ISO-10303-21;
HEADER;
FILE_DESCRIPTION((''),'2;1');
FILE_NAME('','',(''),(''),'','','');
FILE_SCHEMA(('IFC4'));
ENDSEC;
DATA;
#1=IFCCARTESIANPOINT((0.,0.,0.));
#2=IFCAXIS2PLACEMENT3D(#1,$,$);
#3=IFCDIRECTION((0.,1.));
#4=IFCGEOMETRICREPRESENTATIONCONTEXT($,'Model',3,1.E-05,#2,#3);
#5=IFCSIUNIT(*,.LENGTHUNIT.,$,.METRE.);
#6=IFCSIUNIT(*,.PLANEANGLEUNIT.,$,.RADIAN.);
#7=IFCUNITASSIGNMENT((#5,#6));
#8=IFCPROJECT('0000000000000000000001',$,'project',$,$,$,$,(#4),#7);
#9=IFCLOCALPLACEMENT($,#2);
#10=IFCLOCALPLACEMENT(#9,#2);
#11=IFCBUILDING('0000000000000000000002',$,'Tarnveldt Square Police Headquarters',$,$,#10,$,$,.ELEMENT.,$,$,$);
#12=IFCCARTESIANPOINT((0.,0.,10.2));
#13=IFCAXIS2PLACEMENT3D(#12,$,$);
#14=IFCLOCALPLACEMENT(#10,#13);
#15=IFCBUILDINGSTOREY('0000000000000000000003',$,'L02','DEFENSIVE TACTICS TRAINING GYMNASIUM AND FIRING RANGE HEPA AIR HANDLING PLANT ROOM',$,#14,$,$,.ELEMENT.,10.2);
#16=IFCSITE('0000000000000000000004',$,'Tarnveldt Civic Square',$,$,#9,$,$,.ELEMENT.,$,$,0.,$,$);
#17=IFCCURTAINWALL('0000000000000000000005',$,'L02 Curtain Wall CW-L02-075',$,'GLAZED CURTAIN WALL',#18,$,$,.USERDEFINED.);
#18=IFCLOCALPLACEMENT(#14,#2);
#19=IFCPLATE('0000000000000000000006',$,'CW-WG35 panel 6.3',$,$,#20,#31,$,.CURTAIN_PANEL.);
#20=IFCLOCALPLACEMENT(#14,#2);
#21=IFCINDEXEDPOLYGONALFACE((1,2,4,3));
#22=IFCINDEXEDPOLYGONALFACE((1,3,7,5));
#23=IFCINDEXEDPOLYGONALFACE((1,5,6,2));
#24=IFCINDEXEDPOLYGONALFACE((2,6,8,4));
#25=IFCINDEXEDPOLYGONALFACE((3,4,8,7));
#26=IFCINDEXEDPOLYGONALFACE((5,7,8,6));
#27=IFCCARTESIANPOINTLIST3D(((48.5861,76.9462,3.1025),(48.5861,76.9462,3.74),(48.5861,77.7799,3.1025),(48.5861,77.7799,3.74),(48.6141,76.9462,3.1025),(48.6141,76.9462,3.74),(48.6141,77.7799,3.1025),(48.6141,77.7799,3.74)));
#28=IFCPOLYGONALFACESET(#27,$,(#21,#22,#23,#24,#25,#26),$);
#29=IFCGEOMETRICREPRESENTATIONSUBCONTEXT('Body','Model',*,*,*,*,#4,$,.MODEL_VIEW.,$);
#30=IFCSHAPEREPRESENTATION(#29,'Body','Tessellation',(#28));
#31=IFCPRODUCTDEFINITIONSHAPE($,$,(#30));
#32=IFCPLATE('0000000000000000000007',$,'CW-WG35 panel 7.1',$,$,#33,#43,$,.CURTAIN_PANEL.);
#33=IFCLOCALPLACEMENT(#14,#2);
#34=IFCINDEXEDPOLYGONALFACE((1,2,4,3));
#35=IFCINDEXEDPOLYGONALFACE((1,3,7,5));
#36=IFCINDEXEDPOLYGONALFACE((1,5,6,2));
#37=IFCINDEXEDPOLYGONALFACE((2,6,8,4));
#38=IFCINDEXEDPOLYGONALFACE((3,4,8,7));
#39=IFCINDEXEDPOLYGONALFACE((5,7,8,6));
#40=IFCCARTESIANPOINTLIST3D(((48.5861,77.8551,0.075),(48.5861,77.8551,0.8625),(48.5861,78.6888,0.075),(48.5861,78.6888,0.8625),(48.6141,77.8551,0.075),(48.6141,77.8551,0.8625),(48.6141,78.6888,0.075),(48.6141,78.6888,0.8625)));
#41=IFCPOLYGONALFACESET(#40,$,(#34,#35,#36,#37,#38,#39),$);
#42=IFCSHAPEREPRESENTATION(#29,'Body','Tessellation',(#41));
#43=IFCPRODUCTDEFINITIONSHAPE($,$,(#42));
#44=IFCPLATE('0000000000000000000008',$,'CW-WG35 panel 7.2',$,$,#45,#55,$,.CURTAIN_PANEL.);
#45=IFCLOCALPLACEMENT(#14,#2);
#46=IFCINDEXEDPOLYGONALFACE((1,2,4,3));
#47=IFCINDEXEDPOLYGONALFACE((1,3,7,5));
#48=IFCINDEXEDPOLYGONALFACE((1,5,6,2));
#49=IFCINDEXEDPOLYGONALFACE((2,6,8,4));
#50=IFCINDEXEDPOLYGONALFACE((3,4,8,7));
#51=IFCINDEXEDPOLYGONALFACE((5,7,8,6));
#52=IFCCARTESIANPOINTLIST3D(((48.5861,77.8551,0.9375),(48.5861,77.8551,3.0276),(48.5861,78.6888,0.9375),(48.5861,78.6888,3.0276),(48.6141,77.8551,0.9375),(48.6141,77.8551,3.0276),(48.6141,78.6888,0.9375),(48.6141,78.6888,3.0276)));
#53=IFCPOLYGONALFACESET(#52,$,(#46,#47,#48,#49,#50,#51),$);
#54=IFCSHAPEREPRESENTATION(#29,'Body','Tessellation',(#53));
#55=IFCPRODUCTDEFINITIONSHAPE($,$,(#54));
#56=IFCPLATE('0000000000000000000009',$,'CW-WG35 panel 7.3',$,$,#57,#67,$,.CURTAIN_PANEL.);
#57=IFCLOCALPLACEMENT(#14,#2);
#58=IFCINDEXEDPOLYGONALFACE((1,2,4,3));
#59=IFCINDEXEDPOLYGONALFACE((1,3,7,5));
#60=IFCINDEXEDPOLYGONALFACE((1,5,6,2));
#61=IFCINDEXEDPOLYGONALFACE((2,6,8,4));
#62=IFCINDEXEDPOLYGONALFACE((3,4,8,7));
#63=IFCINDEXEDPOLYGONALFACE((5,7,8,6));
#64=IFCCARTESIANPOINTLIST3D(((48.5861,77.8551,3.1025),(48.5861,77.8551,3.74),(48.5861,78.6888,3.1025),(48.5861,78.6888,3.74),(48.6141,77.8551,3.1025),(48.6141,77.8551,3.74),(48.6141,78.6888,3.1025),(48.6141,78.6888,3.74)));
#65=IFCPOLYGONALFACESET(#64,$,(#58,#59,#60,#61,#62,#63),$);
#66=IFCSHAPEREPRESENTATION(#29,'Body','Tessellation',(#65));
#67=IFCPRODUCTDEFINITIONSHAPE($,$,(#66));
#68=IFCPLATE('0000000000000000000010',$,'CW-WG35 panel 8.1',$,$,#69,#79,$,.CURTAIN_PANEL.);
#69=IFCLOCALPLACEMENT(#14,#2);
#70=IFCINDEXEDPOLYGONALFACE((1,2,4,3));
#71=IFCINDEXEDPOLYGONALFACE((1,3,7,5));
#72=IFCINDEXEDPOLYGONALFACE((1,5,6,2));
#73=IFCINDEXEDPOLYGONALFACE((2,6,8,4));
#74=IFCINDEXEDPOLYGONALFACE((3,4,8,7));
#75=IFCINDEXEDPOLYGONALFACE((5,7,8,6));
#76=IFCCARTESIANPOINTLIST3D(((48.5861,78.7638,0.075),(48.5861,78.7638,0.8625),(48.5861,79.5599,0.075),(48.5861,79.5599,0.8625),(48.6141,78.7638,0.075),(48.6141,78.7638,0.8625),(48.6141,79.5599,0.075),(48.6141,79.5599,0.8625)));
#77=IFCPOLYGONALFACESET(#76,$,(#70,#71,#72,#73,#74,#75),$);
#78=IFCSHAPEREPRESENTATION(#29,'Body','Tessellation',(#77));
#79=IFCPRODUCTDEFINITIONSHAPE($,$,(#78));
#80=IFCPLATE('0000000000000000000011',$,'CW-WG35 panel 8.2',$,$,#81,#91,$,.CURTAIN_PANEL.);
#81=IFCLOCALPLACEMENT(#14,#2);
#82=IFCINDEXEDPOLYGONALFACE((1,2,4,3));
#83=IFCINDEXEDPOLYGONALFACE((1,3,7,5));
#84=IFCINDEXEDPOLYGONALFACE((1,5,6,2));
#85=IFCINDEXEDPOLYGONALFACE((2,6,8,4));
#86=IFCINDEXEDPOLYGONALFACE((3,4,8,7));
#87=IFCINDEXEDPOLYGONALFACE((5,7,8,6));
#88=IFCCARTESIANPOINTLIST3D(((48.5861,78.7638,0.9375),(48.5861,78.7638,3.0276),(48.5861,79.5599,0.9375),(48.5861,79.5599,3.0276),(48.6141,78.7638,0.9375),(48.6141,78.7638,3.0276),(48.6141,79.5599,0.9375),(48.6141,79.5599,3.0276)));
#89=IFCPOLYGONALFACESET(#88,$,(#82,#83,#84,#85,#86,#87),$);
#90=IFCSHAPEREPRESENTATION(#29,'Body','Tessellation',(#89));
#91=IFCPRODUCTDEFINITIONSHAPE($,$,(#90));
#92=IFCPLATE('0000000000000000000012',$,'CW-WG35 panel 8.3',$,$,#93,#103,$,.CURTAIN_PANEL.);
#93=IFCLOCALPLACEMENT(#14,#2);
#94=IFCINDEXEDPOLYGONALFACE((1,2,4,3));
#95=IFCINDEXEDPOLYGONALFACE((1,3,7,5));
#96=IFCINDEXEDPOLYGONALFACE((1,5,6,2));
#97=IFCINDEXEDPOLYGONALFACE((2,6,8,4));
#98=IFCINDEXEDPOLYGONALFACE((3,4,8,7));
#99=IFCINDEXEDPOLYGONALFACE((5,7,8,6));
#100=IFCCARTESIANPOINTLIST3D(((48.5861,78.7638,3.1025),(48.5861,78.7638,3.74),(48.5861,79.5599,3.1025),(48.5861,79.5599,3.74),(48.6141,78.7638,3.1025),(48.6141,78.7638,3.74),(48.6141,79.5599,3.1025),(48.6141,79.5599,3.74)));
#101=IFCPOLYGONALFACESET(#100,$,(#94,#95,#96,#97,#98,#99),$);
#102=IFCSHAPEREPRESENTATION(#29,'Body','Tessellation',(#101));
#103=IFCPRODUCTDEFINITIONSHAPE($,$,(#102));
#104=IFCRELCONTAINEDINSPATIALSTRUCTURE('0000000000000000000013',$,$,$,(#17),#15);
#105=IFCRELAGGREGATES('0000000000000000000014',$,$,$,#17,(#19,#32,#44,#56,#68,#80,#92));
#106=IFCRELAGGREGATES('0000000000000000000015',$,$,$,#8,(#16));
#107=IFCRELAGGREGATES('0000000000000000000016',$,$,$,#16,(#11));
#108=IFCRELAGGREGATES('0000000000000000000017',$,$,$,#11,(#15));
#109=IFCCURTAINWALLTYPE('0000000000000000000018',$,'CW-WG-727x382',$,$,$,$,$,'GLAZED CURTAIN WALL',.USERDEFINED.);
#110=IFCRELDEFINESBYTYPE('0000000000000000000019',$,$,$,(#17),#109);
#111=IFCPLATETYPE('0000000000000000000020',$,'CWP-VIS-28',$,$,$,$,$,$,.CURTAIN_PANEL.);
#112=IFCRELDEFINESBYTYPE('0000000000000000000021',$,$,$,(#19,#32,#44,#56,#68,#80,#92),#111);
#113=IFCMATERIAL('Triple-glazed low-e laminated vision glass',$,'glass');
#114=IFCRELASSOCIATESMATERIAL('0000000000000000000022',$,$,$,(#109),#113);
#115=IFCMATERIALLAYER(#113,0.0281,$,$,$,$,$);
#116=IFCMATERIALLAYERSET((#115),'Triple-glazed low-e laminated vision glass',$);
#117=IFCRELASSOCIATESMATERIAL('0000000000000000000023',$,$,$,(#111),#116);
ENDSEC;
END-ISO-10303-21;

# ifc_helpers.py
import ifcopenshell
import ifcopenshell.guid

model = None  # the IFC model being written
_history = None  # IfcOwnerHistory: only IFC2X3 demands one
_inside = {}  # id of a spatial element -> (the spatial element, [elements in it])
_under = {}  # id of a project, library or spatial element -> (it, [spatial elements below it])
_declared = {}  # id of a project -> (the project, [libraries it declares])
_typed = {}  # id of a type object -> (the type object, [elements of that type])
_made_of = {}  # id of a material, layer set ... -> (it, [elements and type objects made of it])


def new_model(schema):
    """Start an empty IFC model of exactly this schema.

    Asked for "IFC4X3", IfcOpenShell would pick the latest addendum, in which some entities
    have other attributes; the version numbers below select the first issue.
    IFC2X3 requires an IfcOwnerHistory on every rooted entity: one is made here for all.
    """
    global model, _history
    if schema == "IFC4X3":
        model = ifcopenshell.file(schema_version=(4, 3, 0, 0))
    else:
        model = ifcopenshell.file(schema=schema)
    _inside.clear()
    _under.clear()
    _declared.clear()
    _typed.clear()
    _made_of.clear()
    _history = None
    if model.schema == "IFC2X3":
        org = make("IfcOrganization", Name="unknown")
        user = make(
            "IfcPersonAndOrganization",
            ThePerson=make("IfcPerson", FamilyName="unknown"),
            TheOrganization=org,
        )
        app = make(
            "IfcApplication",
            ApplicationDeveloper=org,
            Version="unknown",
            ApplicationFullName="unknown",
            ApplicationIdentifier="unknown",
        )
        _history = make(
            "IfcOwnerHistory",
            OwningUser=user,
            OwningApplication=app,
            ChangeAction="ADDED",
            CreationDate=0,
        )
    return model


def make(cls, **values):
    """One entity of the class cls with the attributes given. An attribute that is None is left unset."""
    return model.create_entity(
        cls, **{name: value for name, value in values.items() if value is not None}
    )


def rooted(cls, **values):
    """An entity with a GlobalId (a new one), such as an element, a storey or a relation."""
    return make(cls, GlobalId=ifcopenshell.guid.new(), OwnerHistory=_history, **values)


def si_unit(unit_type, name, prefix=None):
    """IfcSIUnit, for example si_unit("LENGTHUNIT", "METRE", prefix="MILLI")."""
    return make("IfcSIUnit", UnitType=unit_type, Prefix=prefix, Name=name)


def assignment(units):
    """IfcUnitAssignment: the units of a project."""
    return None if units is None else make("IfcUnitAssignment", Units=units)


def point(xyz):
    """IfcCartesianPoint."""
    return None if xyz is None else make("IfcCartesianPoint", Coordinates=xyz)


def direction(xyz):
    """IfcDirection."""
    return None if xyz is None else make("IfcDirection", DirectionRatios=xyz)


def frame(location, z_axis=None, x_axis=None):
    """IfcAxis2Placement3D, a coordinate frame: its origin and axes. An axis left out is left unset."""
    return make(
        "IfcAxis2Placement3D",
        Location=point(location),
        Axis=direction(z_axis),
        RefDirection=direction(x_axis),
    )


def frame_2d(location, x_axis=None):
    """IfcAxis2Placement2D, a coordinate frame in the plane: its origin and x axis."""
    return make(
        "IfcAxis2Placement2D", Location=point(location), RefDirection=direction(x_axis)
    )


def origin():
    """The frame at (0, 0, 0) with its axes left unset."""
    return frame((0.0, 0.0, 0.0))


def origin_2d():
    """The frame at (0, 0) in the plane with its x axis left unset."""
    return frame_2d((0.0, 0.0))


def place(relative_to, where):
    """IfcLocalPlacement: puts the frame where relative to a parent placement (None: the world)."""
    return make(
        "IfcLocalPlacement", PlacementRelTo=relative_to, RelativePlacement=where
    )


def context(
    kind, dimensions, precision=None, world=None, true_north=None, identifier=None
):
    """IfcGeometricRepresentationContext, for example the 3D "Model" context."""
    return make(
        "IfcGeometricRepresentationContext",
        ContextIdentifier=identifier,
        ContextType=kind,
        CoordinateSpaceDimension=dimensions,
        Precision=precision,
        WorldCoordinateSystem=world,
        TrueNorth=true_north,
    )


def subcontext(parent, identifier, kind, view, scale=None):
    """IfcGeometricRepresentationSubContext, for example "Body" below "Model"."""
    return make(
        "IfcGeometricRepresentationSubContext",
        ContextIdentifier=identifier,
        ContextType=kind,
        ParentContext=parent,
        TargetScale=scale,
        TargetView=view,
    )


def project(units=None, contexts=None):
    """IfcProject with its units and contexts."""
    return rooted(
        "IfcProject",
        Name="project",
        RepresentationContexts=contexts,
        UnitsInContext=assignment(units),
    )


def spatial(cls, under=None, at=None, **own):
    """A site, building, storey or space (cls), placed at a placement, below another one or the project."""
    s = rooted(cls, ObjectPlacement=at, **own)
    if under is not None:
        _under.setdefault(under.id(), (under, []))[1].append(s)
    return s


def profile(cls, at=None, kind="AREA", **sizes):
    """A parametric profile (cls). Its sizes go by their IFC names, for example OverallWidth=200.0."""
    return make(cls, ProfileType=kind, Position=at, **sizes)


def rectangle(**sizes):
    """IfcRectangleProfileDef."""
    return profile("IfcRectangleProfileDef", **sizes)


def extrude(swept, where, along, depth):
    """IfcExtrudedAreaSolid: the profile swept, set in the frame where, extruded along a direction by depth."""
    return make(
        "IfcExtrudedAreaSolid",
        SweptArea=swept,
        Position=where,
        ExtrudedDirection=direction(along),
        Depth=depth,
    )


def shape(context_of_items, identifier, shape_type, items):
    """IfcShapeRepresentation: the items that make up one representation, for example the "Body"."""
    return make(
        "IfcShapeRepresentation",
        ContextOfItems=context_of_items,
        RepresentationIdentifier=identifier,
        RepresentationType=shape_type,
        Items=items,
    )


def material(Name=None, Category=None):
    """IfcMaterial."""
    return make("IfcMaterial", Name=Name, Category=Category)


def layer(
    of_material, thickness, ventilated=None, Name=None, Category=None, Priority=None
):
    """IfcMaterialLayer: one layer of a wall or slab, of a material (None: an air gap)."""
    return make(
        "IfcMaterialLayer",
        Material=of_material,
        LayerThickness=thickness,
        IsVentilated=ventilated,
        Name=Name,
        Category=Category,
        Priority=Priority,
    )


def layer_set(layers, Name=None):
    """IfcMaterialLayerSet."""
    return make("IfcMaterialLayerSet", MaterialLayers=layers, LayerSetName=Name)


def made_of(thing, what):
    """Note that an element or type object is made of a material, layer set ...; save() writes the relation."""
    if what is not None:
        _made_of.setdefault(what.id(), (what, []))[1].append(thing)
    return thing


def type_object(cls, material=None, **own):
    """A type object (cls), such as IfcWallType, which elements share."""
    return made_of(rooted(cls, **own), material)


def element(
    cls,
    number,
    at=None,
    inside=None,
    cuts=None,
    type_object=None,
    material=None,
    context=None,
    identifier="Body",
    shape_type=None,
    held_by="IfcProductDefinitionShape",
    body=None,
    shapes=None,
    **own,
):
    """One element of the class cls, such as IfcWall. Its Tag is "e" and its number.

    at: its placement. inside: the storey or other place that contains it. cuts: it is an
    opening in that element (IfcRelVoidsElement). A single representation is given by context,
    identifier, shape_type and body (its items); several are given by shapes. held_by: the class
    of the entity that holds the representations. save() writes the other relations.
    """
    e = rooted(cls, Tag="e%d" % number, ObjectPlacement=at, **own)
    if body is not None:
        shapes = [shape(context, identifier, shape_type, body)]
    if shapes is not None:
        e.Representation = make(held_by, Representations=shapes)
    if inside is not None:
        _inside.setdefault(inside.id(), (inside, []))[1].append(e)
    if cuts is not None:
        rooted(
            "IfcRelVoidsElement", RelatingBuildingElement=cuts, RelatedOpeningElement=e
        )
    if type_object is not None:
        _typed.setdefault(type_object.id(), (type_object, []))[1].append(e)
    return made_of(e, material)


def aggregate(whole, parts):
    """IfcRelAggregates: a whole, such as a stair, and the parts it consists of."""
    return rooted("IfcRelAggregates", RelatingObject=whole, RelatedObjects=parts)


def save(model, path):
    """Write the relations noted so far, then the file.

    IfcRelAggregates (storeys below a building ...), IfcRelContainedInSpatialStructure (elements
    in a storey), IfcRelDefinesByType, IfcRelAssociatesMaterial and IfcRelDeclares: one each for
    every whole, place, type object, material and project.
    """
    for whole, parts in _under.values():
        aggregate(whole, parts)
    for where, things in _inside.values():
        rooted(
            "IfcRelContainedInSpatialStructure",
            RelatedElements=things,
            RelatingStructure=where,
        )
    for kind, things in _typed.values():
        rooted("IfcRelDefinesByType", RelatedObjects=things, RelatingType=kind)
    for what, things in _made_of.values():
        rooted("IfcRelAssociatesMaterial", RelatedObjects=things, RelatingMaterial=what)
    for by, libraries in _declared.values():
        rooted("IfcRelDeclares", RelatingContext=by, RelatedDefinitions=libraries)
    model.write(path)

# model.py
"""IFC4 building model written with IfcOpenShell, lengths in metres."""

from ifc_helpers import new_model, si_unit, direction, frame, origin, origin_2d, place, context, subcontext, project, spatial, rectangle, extrude, material, layer, layer_set, type_object, element, aggregate, save


model = new_model("IFC4")

# Units and contexts
model_context = context("Model", 3, precision=1e-05, world=origin(), true_north=direction((0.0, 1.0)))
body_context = subcontext(model_context, "Body", "Model", "MODEL_VIEW")
ifc_project = project(units=[si_unit("LENGTHUNIT", "METRE"), si_unit("PLANEANGLEUNIT", "RADIAN")], contexts=[model_context])

# Site, building, storey
site_placement = place(None, origin())
site = spatial("IfcSite", under=ifc_project, at=site_placement, Name="Tarnveldt Civic Square", CompositionType="ELEMENT", RefElevation=0.0)
building_placement = place(site_placement, origin())
building = spatial("IfcBuilding", under=site, at=building_placement, Name="Tarnveldt Square Police Headquarters", CompositionType="ELEMENT")
storey_placement = place(building_placement, frame((0.0, 0.0, 10.2)))
storey = spatial("IfcBuildingStorey", under=building, at=storey_placement, Name="L02", Description="DEFENSIVE TACTICS TRAINING GYMNASIUM AND FIRING RANGE HEPA AIR HANDLING PLANT ROOM", CompositionType="ELEMENT", Elevation=10.2)

# Curtain wall, plates
ifc_material_1 = material(Name="Triple-glazed low-e laminated vision glass", Category="glass")
curtain_wall_type = type_object("IfcCurtainWallType", Name="CW-WG-727x382", ElementType="GLAZED CURTAIN WALL", PredefinedType="USERDEFINED", material=ifc_material_1)
curtain_wall_placement = place(storey_placement, origin())
curtain_wall = element("IfcCurtainWall", 1, at=curtain_wall_placement, inside=storey, type_object=curtain_wall_type, Name="L02 Curtain Wall CW-L02-075", ObjectType="GLAZED CURTAIN WALL", PredefinedType="USERDEFINED")
ifc_layer = layer(ifc_material_1, 0.0281)
ifc_layer_set = layer_set([ifc_layer], Name="Triple-glazed low-e laminated vision glass")
plate_type = type_object("IfcPlateType", Name="CWP-VIS-28", PredefinedType="CURTAIN_PANEL", material=ifc_layer_set)
plate_1_placement = place(storey_placement, frame((48.6001, 77.363, 3.1025), z_axis=(0.0, 0.0, 1.0), x_axis=(0.0, 1.0, 0.0)))
plate_1 = element("IfcPlate", 2, at=plate_1_placement, type_object=plate_type, Name="CW-WG35 panel 6.3", PredefinedType="CURTAIN_PANEL", context=body_context, shape_type="SweptSolid", body=[
    extrude(rectangle(XDim=0.8337, YDim=0.0281, at=origin_2d()), origin(), (0.0, 0.0, 1.0), 0.6375),
])
plate_2_placement = place(storey_placement, frame((48.6001, 78.272, 0.075), z_axis=(0.0, 0.0, 1.0), x_axis=(0.0, 1.0, 0.0)))
plate_2 = element("IfcPlate", 3, at=plate_2_placement, type_object=plate_type, Name="CW-WG35 panel 7.1", PredefinedType="CURTAIN_PANEL", context=body_context, shape_type="SweptSolid", body=[
    extrude(rectangle(XDim=0.8337, YDim=0.0281, at=origin_2d()), origin(), (0.0, 0.0, 1.0), 0.7876),
])
plate_3_placement = place(storey_placement, frame((48.6001, 78.272, 0.9375), z_axis=(0.0, 0.0, 1.0), x_axis=(0.0, 1.0, 0.0)))
plate_3 = element("IfcPlate", 4, at=plate_3_placement, type_object=plate_type, Name="CW-WG35 panel 7.2", PredefinedType="CURTAIN_PANEL", context=body_context, shape_type="SweptSolid", body=[
    extrude(rectangle(XDim=0.8337, YDim=0.0281, at=origin_2d()), origin(), (0.0, 0.0, 1.0), 2.0901),
])
plate_4_placement = place(storey_placement, frame((48.6001, 78.272, 3.1025), z_axis=(0.0, 0.0, 1.0), x_axis=(0.0, 1.0, 0.0)))
plate_4 = element("IfcPlate", 5, at=plate_4_placement, type_object=plate_type, Name="CW-WG35 panel 7.3", PredefinedType="CURTAIN_PANEL", context=body_context, shape_type="SweptSolid", body=[
    extrude(rectangle(XDim=0.8337, YDim=0.0281, at=origin_2d()), origin(), (0.0, 0.0, 1.0), 0.6375),
])
plate_5_placement = place(storey_placement, frame((48.6001, 79.1619, 0.075), z_axis=(0.0, 0.0, 1.0), x_axis=(0.0, 1.0, 0.0)))
plate_5 = element("IfcPlate", 6, at=plate_5_placement, type_object=plate_type, Name="CW-WG35 panel 8.1", PredefinedType="CURTAIN_PANEL", context=body_context, shape_type="SweptSolid", body=[
    extrude(rectangle(XDim=0.7961, YDim=0.0281, at=origin_2d()), origin(), (0.0, 0.0, 1.0), 0.7876),
])
plate_6_placement = place(storey_placement, frame((48.6001, 79.1619, 0.9375), z_axis=(0.0, 0.0, 1.0), x_axis=(0.0, 1.0, 0.0)))
plate_6 = element("IfcPlate", 7, at=plate_6_placement, type_object=plate_type, Name="CW-WG35 panel 8.2", PredefinedType="CURTAIN_PANEL", context=body_context, shape_type="SweptSolid", body=[
    extrude(rectangle(XDim=0.7961, YDim=0.0281, at=origin_2d()), origin(), (0.0, 0.0, 1.0), 2.0901),
])
plate_7_placement = place(storey_placement, frame((48.6001, 79.1619, 3.1025), z_axis=(0.0, 0.0, 1.0), x_axis=(0.0, 1.0, 0.0)))
plate_7 = element("IfcPlate", 8, at=plate_7_placement, type_object=plate_type, Name="CW-WG35 panel 8.3", PredefinedType="CURTAIN_PANEL", context=body_context, shape_type="SweptSolid", body=[
    extrude(rectangle(XDim=0.7961, YDim=0.0281, at=origin_2d()), origin(), (0.0, 0.0, 1.0), 0.6375),
])
aggregate(curtain_wall, [plate_1, plate_2, plate_3, plate_4, plate_5, plate_6, plate_7])

save(model, "model.ifc")
